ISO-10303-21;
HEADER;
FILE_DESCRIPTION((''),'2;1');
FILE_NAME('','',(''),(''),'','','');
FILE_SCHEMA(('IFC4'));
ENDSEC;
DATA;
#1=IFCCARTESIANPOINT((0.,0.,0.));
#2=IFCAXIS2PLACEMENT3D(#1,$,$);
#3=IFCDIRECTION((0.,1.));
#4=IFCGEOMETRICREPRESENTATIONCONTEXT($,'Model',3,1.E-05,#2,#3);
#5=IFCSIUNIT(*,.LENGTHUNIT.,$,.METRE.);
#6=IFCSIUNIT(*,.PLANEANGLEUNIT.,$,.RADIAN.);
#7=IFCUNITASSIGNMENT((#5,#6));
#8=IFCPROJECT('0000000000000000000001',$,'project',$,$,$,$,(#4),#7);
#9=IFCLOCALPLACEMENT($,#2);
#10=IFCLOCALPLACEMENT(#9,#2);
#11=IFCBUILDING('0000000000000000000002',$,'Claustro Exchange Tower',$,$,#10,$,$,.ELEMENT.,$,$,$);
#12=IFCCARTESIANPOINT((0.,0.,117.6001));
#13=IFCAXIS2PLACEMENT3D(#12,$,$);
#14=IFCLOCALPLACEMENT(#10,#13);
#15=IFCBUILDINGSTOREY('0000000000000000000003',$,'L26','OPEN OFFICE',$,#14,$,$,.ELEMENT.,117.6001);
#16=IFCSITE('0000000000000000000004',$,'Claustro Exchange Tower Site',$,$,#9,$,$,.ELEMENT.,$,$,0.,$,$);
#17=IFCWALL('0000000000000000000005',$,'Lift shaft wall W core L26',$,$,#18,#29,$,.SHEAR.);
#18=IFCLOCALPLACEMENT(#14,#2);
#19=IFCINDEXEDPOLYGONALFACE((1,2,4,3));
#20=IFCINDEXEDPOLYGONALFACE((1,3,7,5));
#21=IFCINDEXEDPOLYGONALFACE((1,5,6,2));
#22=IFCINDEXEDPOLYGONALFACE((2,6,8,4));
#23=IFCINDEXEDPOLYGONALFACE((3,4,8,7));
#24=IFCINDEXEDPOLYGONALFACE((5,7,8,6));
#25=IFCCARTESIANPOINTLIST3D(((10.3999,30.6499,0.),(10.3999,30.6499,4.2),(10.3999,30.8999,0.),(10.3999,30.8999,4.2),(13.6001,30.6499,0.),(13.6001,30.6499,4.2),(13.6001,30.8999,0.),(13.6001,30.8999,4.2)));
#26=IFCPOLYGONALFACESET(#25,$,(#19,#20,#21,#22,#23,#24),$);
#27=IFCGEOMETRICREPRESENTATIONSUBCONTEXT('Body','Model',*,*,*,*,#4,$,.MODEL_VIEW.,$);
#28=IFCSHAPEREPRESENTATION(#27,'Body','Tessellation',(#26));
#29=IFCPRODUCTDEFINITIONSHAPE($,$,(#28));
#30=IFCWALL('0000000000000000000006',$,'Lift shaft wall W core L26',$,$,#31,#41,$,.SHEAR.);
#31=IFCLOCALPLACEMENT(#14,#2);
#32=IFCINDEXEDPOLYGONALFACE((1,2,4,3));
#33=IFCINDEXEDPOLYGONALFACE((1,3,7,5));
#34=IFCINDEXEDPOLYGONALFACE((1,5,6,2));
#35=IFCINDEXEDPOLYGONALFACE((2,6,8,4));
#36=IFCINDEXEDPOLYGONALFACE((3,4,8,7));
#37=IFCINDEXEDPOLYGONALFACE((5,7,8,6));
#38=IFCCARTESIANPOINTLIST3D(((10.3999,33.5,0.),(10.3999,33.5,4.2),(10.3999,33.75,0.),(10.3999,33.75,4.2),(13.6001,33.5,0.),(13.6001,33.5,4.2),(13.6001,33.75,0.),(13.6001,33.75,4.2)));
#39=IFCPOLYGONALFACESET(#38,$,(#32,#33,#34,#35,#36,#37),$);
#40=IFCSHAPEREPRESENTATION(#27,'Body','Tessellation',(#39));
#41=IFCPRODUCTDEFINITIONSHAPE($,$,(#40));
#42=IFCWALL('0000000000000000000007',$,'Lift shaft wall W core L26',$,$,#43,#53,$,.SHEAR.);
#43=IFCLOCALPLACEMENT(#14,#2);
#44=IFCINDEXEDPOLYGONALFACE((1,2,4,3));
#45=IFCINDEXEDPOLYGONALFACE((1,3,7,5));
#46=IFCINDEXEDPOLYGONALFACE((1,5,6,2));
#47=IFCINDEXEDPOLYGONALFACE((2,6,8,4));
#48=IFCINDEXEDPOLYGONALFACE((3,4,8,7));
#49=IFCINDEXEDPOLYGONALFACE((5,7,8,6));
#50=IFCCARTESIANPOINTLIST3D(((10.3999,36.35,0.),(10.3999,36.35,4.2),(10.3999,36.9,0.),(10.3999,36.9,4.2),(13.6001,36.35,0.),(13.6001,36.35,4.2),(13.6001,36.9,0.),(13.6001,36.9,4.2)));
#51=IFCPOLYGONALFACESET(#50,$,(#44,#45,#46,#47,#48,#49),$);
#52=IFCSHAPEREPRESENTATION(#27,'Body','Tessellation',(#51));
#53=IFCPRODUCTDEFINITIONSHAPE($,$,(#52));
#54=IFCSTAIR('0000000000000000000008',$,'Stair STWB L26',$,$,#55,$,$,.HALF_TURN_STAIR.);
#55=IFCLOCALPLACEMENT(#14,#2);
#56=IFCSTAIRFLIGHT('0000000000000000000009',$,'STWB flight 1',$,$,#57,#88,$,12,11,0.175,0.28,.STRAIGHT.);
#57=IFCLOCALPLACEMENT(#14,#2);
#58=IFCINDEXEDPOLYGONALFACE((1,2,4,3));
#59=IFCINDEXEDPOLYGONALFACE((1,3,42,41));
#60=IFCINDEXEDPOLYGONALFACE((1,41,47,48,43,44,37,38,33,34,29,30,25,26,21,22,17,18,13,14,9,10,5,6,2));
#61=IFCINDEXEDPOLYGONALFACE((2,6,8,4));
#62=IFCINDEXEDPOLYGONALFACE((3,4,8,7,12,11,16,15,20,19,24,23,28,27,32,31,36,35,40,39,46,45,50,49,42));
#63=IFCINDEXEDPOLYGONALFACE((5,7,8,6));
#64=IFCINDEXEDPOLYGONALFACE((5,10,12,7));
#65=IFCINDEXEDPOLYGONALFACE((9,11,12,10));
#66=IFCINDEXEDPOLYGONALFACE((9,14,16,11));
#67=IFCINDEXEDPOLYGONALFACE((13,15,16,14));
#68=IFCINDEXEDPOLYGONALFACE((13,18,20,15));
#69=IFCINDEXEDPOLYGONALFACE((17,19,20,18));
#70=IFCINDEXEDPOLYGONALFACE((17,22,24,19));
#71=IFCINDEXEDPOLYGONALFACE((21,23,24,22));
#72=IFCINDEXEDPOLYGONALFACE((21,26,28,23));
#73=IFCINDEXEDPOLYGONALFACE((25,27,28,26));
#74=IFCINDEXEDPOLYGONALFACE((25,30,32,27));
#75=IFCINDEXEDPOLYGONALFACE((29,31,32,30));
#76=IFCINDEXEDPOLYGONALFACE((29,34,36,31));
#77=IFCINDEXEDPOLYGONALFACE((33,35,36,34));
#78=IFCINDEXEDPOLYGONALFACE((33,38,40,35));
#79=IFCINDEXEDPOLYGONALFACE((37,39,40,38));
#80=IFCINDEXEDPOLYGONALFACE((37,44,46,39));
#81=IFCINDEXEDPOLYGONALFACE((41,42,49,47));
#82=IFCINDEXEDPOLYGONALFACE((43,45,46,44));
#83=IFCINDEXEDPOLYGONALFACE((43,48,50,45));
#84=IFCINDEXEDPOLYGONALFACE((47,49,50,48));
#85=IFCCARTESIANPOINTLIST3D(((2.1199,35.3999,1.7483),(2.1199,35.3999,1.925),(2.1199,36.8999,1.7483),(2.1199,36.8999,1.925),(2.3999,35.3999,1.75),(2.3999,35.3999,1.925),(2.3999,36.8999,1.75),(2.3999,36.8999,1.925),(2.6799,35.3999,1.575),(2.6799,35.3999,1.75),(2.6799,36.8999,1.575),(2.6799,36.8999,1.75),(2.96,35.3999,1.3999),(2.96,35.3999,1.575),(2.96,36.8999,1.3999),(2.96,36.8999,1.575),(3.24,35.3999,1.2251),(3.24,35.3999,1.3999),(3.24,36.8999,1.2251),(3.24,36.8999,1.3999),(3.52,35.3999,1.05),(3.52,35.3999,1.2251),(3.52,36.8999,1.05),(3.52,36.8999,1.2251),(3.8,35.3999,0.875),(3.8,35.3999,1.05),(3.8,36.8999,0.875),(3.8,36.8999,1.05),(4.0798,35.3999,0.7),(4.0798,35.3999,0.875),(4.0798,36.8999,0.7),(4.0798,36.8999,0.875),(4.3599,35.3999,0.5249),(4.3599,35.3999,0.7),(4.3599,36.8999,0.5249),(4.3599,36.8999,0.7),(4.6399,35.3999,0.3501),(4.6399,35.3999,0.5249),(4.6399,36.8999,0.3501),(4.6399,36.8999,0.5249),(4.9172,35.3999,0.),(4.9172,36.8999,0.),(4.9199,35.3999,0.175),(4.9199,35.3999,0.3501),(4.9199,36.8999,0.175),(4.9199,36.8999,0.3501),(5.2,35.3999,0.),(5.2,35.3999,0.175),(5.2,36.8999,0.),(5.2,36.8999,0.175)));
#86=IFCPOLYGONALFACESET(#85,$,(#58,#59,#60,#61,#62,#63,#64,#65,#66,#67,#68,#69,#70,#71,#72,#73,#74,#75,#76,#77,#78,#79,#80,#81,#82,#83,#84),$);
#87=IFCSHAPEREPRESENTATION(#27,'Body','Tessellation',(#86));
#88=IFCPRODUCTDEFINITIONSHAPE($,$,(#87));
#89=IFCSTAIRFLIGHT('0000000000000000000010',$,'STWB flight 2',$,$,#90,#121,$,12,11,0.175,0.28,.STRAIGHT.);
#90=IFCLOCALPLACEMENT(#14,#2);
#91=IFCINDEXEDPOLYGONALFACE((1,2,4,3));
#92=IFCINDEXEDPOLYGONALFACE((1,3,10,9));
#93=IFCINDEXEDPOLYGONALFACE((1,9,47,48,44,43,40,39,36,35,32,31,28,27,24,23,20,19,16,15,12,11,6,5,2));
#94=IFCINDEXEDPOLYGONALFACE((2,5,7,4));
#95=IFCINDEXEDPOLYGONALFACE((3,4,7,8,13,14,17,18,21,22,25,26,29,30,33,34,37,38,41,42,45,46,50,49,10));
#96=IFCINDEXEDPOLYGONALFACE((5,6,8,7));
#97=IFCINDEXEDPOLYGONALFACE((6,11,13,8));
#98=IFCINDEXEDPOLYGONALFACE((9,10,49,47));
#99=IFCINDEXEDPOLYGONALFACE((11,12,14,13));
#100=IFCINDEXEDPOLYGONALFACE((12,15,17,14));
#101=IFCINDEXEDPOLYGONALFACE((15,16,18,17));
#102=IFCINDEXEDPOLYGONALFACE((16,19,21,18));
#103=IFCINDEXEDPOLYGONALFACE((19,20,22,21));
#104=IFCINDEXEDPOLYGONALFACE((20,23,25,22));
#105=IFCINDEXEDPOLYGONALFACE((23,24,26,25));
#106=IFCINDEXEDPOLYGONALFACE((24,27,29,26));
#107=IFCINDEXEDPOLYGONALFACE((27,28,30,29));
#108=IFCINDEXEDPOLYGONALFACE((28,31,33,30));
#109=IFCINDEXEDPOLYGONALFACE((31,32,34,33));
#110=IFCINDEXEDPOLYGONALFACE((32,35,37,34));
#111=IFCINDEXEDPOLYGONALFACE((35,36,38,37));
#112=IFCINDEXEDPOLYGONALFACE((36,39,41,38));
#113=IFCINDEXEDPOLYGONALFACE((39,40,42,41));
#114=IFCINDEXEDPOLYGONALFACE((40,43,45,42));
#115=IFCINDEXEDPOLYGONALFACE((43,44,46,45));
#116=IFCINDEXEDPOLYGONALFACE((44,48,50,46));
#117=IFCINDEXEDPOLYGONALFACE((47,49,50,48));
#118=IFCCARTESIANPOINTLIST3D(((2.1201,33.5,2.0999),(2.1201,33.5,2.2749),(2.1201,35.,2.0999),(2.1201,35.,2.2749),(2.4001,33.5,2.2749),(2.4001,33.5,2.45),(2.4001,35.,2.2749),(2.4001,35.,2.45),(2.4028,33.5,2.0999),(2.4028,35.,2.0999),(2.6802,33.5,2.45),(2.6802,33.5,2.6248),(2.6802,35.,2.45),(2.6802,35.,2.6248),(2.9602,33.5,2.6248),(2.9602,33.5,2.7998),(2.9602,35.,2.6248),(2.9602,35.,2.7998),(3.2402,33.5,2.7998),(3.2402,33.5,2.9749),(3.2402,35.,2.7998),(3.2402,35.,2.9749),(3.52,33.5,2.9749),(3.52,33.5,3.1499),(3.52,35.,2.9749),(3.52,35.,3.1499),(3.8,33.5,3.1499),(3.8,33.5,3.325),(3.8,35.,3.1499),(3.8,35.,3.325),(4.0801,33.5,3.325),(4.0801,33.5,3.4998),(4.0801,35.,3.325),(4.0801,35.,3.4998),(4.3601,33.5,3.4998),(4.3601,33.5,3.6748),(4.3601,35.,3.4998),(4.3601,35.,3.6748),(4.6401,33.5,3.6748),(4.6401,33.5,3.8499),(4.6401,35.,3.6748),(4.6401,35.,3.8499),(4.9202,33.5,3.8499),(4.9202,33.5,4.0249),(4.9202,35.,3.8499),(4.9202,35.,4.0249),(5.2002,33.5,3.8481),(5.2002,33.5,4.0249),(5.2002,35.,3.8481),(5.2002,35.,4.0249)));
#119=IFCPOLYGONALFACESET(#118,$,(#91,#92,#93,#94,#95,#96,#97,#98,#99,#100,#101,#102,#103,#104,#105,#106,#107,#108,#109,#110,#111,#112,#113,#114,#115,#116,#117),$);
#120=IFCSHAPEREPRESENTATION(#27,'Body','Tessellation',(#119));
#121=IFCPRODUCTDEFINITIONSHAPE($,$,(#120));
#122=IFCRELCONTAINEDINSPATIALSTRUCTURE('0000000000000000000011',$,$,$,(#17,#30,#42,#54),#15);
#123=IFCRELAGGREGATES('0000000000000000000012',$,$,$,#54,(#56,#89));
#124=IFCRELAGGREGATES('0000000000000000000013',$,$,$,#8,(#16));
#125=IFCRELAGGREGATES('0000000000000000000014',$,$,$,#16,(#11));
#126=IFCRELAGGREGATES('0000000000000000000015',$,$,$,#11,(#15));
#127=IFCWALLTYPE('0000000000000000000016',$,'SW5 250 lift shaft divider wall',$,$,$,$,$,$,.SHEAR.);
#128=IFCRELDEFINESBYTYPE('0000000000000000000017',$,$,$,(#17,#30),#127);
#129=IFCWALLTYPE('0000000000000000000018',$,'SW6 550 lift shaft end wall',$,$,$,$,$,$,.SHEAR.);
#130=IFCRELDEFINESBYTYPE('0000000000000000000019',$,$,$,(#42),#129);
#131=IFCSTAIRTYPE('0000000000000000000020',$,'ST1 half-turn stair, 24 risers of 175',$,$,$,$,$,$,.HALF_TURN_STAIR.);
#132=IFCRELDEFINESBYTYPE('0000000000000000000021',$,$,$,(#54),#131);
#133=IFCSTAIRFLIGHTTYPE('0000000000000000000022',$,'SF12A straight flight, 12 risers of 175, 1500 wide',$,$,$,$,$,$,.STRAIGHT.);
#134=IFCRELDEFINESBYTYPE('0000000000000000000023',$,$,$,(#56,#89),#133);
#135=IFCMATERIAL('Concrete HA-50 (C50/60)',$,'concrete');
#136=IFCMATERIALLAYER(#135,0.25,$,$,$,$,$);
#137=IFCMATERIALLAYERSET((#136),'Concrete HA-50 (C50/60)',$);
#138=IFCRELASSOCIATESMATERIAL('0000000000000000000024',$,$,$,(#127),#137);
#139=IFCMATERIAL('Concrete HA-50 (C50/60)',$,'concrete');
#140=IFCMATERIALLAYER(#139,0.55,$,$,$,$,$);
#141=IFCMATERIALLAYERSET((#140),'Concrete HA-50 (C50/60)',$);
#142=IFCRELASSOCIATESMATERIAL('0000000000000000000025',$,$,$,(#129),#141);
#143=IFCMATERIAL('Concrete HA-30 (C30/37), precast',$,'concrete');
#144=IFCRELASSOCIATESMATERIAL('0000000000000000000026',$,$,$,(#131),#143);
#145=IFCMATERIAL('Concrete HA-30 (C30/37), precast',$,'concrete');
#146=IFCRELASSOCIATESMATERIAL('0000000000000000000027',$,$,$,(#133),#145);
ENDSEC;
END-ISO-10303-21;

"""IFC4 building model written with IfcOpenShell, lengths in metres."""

from ifc_helpers import new_model, si_unit, direction, frame, frame_2d, origin, place, context, subcontext, project, spatial, polyline, rectangle, outline, extrude, material, layer, layer_set, type_object, element, aggregate, save


model = new_model("IFC4")

# Units and contexts
model_context = context("Model", 3, precision=1e-05, world=origin(), true_north=direction((0.0, 1.0)))
body_context = subcontext(model_context, "Body", "Model", "MODEL_VIEW")
ifc_project = project(units=[si_unit("LENGTHUNIT", "METRE"), si_unit("PLANEANGLEUNIT", "RADIAN")], contexts=[model_context])

# Site, building, storey
site_placement = place(None, origin())
site = spatial("IfcSite", under=ifc_project, at=site_placement, Name="Claustro Exchange Tower Site", CompositionType="ELEMENT", RefElevation=0.0)
building_placement = place(site_placement, origin())
building = spatial("IfcBuilding", under=site, at=building_placement, Name="Claustro Exchange Tower", CompositionType="ELEMENT")
storey_placement = place(building_placement, frame((0.0, 0.0, 117.6001)))
storey = spatial("IfcBuildingStorey", under=building, at=storey_placement, Name="L26", Description="OPEN OFFICE", CompositionType="ELEMENT", Elevation=117.6001)

# Walls
ifc_material_1 = material(Name="Concrete HA-50 (C50/60)", Category="concrete")
ifc_layer_1 = layer(ifc_material_1, 0.25)
ifc_layer_set_1 = layer_set([ifc_layer_1], Name="Concrete HA-50 (C50/60)")
wall_type_1 = type_object("IfcWallType", Name="SW5 250 lift shaft divider wall", PredefinedType="SHEAR", material=ifc_layer_set_1)
for number, where, z_axis, x_axis, name in (
    (1, (10.3999, 30.7749, 0.0), (0.0, 0.0, 1.0), (1.0, 0.0, 0.0), "Lift shaft wall W core L26"),
    (2, (10.3999, 33.625, 0.0), (0.0, 0.0, 1.0), (1.0, 0.0, 0.0), "Lift shaft wall W core L26"),
):
    element("IfcWall", number, at=place(storey_placement, frame(where, z_axis=z_axis, x_axis=x_axis)), inside=storey, type_object=wall_type_1, Name=name, PredefinedType="SHEAR", context=body_context, shape_type="SweptSolid", body=[
        extrude(rectangle(XDim=3.2002, YDim=0.25, at=frame_2d((1.6001, 0.0))), origin(), (0.0, 0.0, 1.0), 4.2),
    ])
ifc_material_2 = material(Name="Concrete HA-50 (C50/60)", Category="concrete")
ifc_layer_2 = layer(ifc_material_2, 0.55)
ifc_layer_set_2 = layer_set([ifc_layer_2], Name="Concrete HA-50 (C50/60)")
wall_type_2 = type_object("IfcWallType", Name="SW6 550 lift shaft end wall", PredefinedType="SHEAR", material=ifc_layer_set_2)
wall_1_placement = place(storey_placement, frame((10.3999, 36.625, 0.0), z_axis=(0.0, 0.0, 1.0), x_axis=(1.0, 0.0, 0.0)))
element("IfcWall", 3, at=wall_1_placement, inside=storey, type_object=wall_type_2, Name="Lift shaft wall W core L26", PredefinedType="SHEAR", context=body_context, shape_type="SweptSolid", body=[
    extrude(rectangle(XDim=3.2002, YDim=0.55, at=frame_2d((1.6001, 0.0))), origin(), (0.0, 0.0, 1.0), 4.2),
])

# Stair, stair flights
ifc_material_3 = material(Name="Concrete HA-30 (C30/37), precast", Category="concrete")
stair_type = type_object("IfcStairType", Name="ST1 half-turn stair, 24 risers of 175", PredefinedType="HALF_TURN_STAIR", material=ifc_material_3)
stair_placement = place(storey_placement, origin())
stair = element("IfcStair", 4, at=stair_placement, inside=storey, type_object=stair_type, Name="Stair STWB L26", PredefinedType="HALF_TURN_STAIR")
ifc_material_4 = material(Name="Concrete HA-30 (C30/37), precast", Category="concrete")
stair_flight_type = type_object("IfcStairFlightType", Name="SF12A straight flight, 12 risers of 175, 1500 wide", PredefinedType="STRAIGHT", material=ifc_material_4)
stair_flight_1_placement = place(storey_placement, frame((5.2, 36.1499, 0.0), z_axis=(0.0, 0.0, 1.0), x_axis=(-1.0, 0.0, 0.0)))
stair_flight_1 = element("IfcStairFlight", 5, at=stair_flight_1_placement, type_object=stair_flight_type, Name="STWB flight 1", NumberOfRisers=12, NumberOfTreads=11, PredefinedType="STRAIGHT", RiserHeight=0.175, TreadLength=0.28, context=body_context, shape_type="SweptSolid", body=[
    extrude(outline(polyline([(0.0, 0.0), (0.0, 0.175), (0.28, 0.175), (0.28, 0.3501), (0.5601, 0.3501), (0.5601, 0.5249), (0.8401, 0.5249), (0.8401, 0.7), (1.1201, 0.7), (1.1201, 0.875), (1.3999, 0.875), (1.3999, 1.05), (1.6799, 1.05), (1.6799, 1.2251), (1.96, 1.2251), (1.96, 1.3999), (2.24, 1.3999), (2.24, 1.575), (2.52, 1.575), (2.52, 1.75), (2.8, 1.75), (2.8, 1.925), (3.0801, 1.925), (3.0801, 2.1001), (3.0801, 1.7483), (0.2827, 0.0), (0.0, 0.0)])), frame((0.0, 0.75, 0.0), z_axis=(0.0, -1.0, 0.0), x_axis=(1.0, 0.0, 0.0)), (0.0, 0.0, 1.0), 1.5),
])
stair_flight_2_placement = place(storey_placement, frame((2.1201, 34.25, 2.0999), z_axis=(0.0, 0.0, 1.0), x_axis=(1.0, 0.0, 0.0)))
stair_flight_2 = element("IfcStairFlight", 6, at=stair_flight_2_placement, type_object=stair_flight_type, Name="STWB flight 2", NumberOfRisers=12, NumberOfTreads=11, PredefinedType="STRAIGHT", RiserHeight=0.175, TreadLength=0.28, context=body_context, shape_type="SweptSolid", body=[
    extrude(outline(polyline([(0.0, 0.0), (0.0, 0.175), (0.28, 0.175), (0.28, 0.3501), (0.5601, 0.3501), (0.5601, 0.5249), (0.8401, 0.5249), (0.8401, 0.7), (1.1201, 0.7), (1.1201, 0.875), (1.3999, 0.875), (1.3999, 1.05), (1.6799, 1.05), (1.6799, 1.2251), (1.96, 1.2251), (1.96, 1.3999), (2.24, 1.3999), (2.24, 1.575), (2.52, 1.575), (2.52, 1.75), (2.8, 1.75), (2.8, 1.925), (3.0801, 1.925), (3.0801, 2.1001), (3.0801, 1.7483), (0.2827, 0.0), (0.0, 0.0)])), frame((0.0, 0.75, 0.0), z_axis=(0.0, -1.0, 0.0), x_axis=(1.0, 0.0, 0.0)), (0.0, 0.0, 1.0), 1.5),
])
aggregate(stair, [stair_flight_1, stair_flight_2])

save(model, "model.ifc")
